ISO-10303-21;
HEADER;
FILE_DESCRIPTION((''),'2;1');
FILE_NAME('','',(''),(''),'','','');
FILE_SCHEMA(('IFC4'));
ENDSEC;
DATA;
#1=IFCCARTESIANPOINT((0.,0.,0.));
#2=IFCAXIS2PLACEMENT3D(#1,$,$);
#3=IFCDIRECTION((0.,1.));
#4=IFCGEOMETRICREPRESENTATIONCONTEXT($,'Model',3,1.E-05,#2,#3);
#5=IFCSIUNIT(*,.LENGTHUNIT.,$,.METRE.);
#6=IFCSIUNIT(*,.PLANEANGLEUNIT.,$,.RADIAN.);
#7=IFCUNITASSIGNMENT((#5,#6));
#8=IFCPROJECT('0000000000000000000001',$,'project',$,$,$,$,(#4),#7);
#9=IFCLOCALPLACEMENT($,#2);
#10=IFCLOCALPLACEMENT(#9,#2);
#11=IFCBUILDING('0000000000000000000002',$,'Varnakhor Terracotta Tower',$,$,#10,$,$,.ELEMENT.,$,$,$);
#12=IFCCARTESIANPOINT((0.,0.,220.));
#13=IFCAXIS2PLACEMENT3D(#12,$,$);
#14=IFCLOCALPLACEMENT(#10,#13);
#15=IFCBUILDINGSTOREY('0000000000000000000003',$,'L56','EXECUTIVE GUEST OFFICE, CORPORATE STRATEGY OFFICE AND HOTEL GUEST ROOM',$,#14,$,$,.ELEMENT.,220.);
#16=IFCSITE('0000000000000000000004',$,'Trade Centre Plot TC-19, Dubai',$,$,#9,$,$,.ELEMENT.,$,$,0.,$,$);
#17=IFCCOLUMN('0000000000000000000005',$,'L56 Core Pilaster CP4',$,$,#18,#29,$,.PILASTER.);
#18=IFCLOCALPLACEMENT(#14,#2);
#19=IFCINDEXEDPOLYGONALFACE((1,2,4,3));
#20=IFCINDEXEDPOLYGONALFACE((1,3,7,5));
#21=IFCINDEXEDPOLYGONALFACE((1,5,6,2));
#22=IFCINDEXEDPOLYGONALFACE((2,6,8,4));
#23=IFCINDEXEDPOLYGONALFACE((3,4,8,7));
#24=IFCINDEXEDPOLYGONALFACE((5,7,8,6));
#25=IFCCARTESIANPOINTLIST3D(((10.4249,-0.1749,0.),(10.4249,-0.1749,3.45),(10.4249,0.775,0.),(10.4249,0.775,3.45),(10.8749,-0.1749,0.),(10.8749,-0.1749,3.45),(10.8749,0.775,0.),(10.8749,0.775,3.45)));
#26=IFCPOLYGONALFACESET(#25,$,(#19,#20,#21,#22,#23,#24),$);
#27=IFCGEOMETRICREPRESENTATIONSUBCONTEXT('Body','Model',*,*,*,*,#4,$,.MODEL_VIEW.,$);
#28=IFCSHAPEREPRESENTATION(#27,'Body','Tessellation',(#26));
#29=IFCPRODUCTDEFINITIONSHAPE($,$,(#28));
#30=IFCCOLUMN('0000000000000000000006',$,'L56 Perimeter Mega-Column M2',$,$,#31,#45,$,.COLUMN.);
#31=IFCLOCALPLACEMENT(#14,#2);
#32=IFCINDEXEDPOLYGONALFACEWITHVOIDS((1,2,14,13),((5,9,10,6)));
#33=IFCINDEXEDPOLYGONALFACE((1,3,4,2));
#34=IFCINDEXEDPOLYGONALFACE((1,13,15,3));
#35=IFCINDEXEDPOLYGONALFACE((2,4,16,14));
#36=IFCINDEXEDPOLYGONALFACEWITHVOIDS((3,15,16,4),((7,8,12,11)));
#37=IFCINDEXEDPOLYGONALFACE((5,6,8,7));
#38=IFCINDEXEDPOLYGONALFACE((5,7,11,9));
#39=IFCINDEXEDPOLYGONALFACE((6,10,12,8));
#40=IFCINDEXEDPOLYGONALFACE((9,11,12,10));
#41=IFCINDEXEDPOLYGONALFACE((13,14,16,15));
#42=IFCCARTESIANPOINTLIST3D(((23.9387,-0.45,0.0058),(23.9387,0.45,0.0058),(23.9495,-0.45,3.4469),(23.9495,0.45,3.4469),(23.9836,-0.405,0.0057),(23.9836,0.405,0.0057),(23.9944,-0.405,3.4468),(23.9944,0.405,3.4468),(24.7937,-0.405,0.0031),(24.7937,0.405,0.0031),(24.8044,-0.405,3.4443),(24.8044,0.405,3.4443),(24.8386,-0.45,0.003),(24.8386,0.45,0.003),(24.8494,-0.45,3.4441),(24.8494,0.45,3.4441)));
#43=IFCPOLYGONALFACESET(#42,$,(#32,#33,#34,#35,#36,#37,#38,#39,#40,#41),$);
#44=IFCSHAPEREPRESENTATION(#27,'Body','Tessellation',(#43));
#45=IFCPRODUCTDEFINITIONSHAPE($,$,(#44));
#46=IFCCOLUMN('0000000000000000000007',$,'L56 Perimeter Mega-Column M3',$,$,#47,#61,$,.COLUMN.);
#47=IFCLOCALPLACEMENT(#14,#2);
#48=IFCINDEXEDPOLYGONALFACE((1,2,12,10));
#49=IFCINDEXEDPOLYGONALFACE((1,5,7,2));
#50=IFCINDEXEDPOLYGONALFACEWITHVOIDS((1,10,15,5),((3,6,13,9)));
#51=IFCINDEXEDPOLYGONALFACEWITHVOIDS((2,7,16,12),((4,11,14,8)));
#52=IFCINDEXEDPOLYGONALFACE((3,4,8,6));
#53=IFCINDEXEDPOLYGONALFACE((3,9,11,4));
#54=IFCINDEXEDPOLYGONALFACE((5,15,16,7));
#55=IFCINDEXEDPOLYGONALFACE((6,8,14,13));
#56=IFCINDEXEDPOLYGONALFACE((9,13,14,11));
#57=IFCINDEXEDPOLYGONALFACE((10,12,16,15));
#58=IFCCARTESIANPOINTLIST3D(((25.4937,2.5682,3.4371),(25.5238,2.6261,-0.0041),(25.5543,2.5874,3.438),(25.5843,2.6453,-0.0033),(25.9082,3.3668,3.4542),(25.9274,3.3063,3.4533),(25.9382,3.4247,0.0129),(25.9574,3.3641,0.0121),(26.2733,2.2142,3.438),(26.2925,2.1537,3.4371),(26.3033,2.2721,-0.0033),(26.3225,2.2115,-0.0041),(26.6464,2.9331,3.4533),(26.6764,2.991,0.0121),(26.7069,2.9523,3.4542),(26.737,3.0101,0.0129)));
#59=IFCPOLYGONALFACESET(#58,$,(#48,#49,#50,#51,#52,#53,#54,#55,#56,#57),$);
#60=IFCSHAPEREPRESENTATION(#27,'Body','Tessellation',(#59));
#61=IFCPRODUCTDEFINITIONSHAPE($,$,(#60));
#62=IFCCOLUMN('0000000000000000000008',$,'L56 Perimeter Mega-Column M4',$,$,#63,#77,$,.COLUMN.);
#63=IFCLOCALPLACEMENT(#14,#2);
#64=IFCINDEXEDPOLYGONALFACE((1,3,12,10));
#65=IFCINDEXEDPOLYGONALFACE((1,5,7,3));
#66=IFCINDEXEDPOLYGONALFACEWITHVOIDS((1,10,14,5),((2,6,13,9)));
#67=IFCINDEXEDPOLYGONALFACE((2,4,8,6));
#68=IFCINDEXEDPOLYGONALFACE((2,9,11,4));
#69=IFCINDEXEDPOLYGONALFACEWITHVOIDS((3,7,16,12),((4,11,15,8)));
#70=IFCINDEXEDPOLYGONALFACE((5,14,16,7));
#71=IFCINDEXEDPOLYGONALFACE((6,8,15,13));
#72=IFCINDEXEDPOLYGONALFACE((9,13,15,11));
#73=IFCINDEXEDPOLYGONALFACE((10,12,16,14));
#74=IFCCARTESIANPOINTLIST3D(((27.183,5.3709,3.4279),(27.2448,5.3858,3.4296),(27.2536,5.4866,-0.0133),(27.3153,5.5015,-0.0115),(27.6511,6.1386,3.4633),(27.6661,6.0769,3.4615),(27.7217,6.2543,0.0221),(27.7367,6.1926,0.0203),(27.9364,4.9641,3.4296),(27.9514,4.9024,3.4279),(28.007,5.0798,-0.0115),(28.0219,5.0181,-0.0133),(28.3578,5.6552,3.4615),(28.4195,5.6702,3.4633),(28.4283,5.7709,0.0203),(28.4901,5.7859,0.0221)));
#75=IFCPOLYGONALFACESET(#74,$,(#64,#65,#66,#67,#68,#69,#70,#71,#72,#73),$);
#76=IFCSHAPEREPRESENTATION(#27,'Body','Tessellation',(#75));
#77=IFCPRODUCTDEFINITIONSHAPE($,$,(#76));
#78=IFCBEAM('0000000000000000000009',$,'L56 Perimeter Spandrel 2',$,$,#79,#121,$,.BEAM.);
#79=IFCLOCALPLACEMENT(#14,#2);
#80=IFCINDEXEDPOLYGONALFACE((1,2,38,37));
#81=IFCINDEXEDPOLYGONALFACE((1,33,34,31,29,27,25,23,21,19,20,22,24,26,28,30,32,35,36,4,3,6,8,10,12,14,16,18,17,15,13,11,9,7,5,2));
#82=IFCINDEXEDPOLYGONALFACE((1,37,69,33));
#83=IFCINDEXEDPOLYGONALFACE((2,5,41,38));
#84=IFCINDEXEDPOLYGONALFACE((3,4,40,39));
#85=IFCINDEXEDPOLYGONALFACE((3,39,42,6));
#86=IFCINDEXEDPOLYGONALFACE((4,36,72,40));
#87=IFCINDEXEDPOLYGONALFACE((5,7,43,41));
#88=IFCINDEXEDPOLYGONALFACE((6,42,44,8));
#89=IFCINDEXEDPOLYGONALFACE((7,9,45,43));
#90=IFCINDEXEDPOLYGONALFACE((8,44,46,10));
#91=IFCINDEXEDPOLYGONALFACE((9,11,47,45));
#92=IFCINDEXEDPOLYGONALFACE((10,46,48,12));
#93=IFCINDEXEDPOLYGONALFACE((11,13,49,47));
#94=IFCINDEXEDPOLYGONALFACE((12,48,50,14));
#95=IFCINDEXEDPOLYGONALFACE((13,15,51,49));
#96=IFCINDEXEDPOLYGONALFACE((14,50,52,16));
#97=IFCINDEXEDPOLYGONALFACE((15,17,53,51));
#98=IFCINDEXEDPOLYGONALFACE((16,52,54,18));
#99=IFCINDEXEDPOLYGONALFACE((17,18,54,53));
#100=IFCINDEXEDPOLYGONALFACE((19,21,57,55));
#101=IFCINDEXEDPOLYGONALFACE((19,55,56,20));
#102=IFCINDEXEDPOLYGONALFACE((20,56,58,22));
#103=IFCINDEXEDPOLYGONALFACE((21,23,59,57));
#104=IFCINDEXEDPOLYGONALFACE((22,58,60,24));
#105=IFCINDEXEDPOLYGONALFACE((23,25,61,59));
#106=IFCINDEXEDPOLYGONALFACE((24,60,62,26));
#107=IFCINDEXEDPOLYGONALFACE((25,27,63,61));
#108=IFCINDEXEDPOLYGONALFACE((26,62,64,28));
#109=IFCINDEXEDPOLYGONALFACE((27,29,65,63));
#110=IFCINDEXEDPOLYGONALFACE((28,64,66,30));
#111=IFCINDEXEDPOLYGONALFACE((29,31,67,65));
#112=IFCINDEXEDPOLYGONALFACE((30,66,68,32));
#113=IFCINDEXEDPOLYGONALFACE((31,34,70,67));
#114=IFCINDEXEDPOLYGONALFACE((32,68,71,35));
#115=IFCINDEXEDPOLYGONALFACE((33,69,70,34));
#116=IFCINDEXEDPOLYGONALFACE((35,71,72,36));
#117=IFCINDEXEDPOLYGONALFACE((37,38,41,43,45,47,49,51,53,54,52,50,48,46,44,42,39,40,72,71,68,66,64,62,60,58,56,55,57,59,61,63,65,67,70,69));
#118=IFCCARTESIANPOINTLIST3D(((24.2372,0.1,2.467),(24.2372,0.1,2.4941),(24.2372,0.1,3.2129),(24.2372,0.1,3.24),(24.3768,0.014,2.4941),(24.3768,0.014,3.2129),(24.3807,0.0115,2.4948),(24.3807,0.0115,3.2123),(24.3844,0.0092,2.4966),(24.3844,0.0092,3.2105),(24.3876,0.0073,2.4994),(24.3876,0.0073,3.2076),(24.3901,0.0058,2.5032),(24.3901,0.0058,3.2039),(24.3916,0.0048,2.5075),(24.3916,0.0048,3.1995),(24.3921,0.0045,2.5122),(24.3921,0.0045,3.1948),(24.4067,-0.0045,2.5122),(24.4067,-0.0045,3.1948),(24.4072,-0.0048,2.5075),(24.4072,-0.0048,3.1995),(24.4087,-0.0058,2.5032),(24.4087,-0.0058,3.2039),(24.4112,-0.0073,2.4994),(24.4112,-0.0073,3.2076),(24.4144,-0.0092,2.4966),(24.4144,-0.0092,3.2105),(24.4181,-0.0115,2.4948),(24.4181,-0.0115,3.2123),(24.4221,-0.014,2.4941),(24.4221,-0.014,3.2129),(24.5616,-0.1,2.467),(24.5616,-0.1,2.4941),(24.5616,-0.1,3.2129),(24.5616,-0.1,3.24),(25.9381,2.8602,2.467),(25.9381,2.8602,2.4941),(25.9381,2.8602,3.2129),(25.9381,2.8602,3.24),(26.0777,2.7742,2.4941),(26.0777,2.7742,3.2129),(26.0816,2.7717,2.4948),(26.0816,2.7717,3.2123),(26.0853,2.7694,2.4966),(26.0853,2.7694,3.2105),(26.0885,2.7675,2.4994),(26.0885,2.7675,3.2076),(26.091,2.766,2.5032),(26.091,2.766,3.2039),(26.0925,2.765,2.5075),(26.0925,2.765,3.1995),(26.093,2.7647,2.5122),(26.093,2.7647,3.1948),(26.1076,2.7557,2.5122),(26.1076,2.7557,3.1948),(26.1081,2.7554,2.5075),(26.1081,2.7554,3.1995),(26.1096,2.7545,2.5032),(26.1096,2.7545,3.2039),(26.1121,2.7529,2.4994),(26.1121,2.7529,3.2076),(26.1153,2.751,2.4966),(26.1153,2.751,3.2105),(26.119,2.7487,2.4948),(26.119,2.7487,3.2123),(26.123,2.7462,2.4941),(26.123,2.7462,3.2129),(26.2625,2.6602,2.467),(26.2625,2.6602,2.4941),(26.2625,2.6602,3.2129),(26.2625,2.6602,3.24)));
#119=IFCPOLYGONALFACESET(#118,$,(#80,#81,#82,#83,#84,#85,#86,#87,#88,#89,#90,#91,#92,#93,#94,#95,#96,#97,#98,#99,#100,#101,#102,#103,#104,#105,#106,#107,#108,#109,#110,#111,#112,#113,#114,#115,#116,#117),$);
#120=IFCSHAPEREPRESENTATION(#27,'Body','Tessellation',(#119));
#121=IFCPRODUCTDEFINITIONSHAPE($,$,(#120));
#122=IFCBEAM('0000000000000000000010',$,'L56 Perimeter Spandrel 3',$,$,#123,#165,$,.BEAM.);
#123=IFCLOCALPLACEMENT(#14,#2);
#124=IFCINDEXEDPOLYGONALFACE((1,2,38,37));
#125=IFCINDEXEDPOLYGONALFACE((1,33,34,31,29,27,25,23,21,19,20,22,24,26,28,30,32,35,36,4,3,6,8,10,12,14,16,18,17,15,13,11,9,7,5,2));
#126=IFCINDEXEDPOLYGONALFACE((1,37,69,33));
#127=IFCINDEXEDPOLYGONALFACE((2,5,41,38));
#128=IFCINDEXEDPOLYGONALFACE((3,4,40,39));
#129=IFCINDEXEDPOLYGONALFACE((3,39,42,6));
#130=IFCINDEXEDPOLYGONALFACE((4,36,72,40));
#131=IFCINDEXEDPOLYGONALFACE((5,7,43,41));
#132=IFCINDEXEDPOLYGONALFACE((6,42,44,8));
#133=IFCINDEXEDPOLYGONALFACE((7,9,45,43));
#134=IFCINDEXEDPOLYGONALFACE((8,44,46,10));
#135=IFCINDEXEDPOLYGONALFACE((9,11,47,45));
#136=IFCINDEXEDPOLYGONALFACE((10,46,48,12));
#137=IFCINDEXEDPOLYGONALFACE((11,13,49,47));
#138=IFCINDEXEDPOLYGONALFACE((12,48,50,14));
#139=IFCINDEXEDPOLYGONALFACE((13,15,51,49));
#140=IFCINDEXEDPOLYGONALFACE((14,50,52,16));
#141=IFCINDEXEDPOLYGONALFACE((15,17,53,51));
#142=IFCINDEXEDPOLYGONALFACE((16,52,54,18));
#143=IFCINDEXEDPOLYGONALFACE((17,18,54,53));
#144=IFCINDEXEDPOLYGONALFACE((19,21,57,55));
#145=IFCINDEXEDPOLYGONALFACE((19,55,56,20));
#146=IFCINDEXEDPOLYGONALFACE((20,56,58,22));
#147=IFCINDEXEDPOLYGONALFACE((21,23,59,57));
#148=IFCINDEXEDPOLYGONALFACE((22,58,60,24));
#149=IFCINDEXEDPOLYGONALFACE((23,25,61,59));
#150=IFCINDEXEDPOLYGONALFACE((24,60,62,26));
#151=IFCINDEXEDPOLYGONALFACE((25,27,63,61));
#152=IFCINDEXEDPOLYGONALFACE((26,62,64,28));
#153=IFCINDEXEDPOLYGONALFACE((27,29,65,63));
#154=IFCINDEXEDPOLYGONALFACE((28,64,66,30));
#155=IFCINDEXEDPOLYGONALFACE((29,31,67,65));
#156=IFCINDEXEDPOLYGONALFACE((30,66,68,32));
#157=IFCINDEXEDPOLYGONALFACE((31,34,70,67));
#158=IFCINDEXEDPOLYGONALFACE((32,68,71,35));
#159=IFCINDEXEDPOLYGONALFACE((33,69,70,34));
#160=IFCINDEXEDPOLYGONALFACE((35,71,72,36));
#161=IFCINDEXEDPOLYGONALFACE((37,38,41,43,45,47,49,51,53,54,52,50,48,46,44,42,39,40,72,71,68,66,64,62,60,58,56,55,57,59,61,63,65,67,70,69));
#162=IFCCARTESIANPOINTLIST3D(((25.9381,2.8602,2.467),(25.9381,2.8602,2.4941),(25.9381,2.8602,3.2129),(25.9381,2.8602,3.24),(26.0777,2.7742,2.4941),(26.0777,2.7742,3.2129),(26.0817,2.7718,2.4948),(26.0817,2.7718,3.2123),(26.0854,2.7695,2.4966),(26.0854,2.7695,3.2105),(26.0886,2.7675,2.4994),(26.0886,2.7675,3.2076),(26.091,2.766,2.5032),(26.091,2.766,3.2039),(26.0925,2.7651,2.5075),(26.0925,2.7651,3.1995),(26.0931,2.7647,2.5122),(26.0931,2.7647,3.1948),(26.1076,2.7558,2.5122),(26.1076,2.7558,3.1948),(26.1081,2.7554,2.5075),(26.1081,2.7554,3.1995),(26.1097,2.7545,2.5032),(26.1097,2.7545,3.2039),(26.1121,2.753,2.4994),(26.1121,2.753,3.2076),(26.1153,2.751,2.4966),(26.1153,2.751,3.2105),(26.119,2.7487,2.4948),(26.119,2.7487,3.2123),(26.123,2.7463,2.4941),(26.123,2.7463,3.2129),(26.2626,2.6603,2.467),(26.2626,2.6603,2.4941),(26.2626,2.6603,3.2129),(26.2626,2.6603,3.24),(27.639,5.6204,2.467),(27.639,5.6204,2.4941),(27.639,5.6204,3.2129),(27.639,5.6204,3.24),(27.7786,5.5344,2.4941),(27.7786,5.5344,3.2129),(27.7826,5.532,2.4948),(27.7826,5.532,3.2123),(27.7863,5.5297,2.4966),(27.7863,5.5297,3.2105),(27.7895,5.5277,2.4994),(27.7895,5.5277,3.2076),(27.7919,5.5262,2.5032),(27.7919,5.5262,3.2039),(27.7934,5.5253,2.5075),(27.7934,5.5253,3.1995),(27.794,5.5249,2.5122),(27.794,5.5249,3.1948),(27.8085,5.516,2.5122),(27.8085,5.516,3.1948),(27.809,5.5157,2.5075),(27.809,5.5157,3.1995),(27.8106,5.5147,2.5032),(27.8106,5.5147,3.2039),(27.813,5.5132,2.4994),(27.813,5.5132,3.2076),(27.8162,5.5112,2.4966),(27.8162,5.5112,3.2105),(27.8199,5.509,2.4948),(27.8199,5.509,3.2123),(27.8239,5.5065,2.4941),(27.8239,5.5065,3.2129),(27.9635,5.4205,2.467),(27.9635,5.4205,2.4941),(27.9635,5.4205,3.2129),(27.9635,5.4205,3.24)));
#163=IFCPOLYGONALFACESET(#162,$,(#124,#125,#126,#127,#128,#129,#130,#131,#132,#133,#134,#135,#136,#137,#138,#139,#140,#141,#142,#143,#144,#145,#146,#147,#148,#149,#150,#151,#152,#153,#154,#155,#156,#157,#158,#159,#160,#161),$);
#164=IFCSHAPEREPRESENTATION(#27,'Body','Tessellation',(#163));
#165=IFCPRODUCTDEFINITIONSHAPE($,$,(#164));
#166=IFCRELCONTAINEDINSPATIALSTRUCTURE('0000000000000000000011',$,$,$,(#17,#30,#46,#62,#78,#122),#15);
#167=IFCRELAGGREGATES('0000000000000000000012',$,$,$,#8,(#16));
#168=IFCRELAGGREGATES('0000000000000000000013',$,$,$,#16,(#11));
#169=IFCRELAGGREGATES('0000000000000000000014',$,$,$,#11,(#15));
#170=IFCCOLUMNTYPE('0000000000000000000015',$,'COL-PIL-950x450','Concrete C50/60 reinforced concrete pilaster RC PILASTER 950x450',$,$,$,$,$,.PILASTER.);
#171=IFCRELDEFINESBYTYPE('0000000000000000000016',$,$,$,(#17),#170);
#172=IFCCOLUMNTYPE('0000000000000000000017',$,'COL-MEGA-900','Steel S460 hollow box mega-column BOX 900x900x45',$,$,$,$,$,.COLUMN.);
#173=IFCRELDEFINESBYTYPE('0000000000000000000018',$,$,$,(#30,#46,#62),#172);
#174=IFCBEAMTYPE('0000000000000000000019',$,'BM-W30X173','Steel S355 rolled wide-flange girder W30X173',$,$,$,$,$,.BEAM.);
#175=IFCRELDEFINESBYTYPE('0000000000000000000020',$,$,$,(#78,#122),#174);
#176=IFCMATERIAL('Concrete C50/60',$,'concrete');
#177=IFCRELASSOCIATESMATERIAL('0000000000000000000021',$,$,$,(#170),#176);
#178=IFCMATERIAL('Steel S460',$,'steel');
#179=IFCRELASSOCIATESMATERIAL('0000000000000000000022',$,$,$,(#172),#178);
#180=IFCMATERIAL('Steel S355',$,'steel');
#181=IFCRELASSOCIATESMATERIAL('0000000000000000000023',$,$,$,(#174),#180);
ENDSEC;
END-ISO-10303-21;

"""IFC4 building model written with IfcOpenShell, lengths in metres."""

from ifc_helpers import new_model, si_unit, direction, frame, origin, origin_2d, place, context, subcontext, project, spatial, rectangle, hollow_rectangle, i_section, extrude, source, transform, mapped, material, material_profile, profile_set, type_object, element, save


model = new_model("IFC4")

# Units and contexts
model_context = context("Model", 3, precision=1e-05, world=origin(), true_north=direction((0.0, 1.0)))
body_context = subcontext(model_context, "Body", "Model", "MODEL_VIEW")
ifc_project = project(units=[si_unit("LENGTHUNIT", "METRE"), si_unit("PLANEANGLEUNIT", "RADIAN")], contexts=[model_context])

# Site, building, storey
site_placement = place(None, origin())
site = spatial("IfcSite", under=ifc_project, at=site_placement, Name="Trade Centre Plot TC-19, Dubai", CompositionType="ELEMENT", RefElevation=0.0)
building_placement = place(site_placement, origin())
building = spatial("IfcBuilding", under=site, at=building_placement, Name="Varnakhor Terracotta Tower", CompositionType="ELEMENT")
storey_placement = place(building_placement, frame((0.0, 0.0, 220.0)))
storey = spatial("IfcBuildingStorey", under=building, at=storey_placement, Name="L56", Description="EXECUTIVE GUEST OFFICE, CORPORATE STRATEGY OFFICE AND HOTEL GUEST ROOM", CompositionType="ELEMENT", Elevation=220.0)

# Columns
ifc_material_1 = material(Name="Concrete C50/60", Category="concrete")
ifc_material_profile_1 = material_profile(ifc_material_1, rectangle(XDim=0.45, YDim=0.95, at=origin_2d()), Name="RC PILASTER 950x450")
ifc_profile_set_1 = profile_set([ifc_material_profile_1], Name="Concrete C50/60")
column_type_1 = type_object("IfcColumnType", Name="COL-PIL-950x450", Description="Concrete C50/60 reinforced concrete pilaster RC PILASTER 950x450", PredefinedType="PILASTER", material=ifc_profile_set_1)
shared_shape_1 = source(origin(), body_context, "Body", "SweptSolid", [
    extrude(rectangle(XDim=0.45, YDim=0.95, at=origin_2d()), origin(), (0.0, 0.0, 1.0), 3.45),
])
column_1_placement = place(storey_placement, frame((10.6499, 0.3, 0.0), z_axis=(0.0, 0.0, 1.0), x_axis=(1.0, 0.0, 0.0)))
element("IfcColumn", 1, at=column_1_placement, inside=storey, type_object=column_type_1, Name="L56 Core Pilaster CP4", PredefinedType="PILASTER", context=body_context, shape_type="MappedRepresentation", body=[
    mapped(shared_shape_1, transform((0.0, 0.0, 0.0), scale=1.0)),
])
ifc_material_2 = material(Name="Steel S460", Category="steel")
ifc_material_profile_2 = material_profile(ifc_material_2, hollow_rectangle(XDim=0.8999, YDim=0.8999, WallThickness=0.0449, at=origin_2d()), Name="BOX 900x900x45")
ifc_profile_set_2 = profile_set([ifc_material_profile_2], Name="Steel S460")
column_type_2 = type_object("IfcColumnType", Name="COL-MEGA-900", Description="Steel S460 hollow box mega-column BOX 900x900x45", PredefinedType="COLUMN", material=ifc_profile_set_2)
shared_shape_2 = source(origin(), body_context, "Body", "SweptSolid", [
    extrude(hollow_rectangle(XDim=0.8999, YDim=0.8999, WallThickness=0.0449, at=origin_2d()), origin(), (0.0, 0.0, 1.0), 3.4412),
])
column_2_placement = place(storey_placement, frame((24.3887, 0.0, 0.0044), z_axis=(0.003122, 0.0, 0.999995), x_axis=(0.0, 1.0, 0.0)))
element("IfcColumn", 2, at=column_2_placement, inside=storey, type_object=column_type_2, Name="L56 Perimeter Mega-Column M2", PredefinedType="COLUMN", context=body_context, shape_type="MappedRepresentation", body=[
    mapped(shared_shape_2, transform((0.0, 0.0, 0.0), scale=1.0)),
])
shared_shape_3 = source(origin(), body_context, "Body", "SweptSolid", [
    extrude(hollow_rectangle(XDim=0.8999, YDim=0.8999, WallThickness=0.0449, at=origin_2d()), origin(), (0.0, 0.0, 1.0), 3.4419),
])
column_3_placement = place(storey_placement, frame((26.1304, 2.8181, 0.0044), z_axis=(-0.008725, -0.016811, 0.999821), x_axis=(0.887584, -0.460645, 0.0)))
element("IfcColumn", 3, at=column_3_placement, inside=storey, type_object=column_type_2, Name="L56 Perimeter Mega-Column M3", PredefinedType="COLUMN", context=body_context, shape_type="MappedRepresentation", body=[
    mapped(shared_shape_3, transform((0.0, 0.0, 0.0), scale=1.0)),
])
shared_shape_4 = source(origin(), body_context, "Body", "SweptSolid", [
    extrude(hollow_rectangle(XDim=0.8999, YDim=0.8999, WallThickness=0.0449, at=origin_2d()), origin(), (0.0, 0.0, 1.0), 3.4438),
])
column_4_placement = place(storey_placement, frame((27.8718, 5.6362, 0.0044), z_axis=(-0.020488, -0.033603, 0.999225), x_axis=(0.853816, -0.520575, 0.0)))
element("IfcColumn", 4, at=column_4_placement, inside=storey, type_object=column_type_2, Name="L56 Perimeter Mega-Column M4", PredefinedType="COLUMN", context=body_context, shape_type="MappedRepresentation", body=[
    mapped(shared_shape_4, transform((0.0, 0.0, 0.0), scale=1.0)),
])

# Beams
ifc_material_3 = material(Name="Steel S355", Category="steel")
ifc_material_profile_3 = material_profile(ifc_material_3, i_section(OverallWidth=0.3811, OverallDepth=0.7729, WebThickness=0.0171, FlangeThickness=0.0271, FilletRadius=0.0181, at=origin_2d()), Name="W30X173")
ifc_profile_set_3 = profile_set([ifc_material_profile_3], Name="Steel S355")
beam_type_1 = type_object("IfcBeamType", Name="BM-W30X173", Description="Steel S355 rolled wide-flange girder W30X173", PredefinedType="BEAM", material=ifc_profile_set_3)
shared_shape_5 = source(origin(), body_context, "Body", "SweptSolid", [
    extrude(i_section(OverallWidth=0.3811, OverallDepth=0.7729, WebThickness=0.0171, FlangeThickness=0.0271, FilletRadius=0.0181, at=origin_2d()), origin(), (0.0, 0.0, 1.0), 3.2422),
])
for number, where, z_axis, x_axis, name in (
    (5, (24.3994, 0.0, 2.8535), (0.524614, 0.85134, 0.0), (-0.85134, 0.524614, 0.0), "L56 Perimeter Spandrel 2"),
    (6, (26.1003, 2.7603, 2.8535), (0.524614, 0.85134, 0.0), (-0.85134, 0.524614, 0.0), "L56 Perimeter Spandrel 3"),
):
    element("IfcBeam", number, at=place(storey_placement, frame(where, z_axis=z_axis, x_axis=x_axis)), inside=storey, type_object=beam_type_1, Name=name, PredefinedType="BEAM", context=body_context, shape_type="MappedRepresentation", body=[
        mapped(shared_shape_5, transform((0.0, 0.0, 0.0), scale=1.0)),
    ])

save(model, "model.ifc")
